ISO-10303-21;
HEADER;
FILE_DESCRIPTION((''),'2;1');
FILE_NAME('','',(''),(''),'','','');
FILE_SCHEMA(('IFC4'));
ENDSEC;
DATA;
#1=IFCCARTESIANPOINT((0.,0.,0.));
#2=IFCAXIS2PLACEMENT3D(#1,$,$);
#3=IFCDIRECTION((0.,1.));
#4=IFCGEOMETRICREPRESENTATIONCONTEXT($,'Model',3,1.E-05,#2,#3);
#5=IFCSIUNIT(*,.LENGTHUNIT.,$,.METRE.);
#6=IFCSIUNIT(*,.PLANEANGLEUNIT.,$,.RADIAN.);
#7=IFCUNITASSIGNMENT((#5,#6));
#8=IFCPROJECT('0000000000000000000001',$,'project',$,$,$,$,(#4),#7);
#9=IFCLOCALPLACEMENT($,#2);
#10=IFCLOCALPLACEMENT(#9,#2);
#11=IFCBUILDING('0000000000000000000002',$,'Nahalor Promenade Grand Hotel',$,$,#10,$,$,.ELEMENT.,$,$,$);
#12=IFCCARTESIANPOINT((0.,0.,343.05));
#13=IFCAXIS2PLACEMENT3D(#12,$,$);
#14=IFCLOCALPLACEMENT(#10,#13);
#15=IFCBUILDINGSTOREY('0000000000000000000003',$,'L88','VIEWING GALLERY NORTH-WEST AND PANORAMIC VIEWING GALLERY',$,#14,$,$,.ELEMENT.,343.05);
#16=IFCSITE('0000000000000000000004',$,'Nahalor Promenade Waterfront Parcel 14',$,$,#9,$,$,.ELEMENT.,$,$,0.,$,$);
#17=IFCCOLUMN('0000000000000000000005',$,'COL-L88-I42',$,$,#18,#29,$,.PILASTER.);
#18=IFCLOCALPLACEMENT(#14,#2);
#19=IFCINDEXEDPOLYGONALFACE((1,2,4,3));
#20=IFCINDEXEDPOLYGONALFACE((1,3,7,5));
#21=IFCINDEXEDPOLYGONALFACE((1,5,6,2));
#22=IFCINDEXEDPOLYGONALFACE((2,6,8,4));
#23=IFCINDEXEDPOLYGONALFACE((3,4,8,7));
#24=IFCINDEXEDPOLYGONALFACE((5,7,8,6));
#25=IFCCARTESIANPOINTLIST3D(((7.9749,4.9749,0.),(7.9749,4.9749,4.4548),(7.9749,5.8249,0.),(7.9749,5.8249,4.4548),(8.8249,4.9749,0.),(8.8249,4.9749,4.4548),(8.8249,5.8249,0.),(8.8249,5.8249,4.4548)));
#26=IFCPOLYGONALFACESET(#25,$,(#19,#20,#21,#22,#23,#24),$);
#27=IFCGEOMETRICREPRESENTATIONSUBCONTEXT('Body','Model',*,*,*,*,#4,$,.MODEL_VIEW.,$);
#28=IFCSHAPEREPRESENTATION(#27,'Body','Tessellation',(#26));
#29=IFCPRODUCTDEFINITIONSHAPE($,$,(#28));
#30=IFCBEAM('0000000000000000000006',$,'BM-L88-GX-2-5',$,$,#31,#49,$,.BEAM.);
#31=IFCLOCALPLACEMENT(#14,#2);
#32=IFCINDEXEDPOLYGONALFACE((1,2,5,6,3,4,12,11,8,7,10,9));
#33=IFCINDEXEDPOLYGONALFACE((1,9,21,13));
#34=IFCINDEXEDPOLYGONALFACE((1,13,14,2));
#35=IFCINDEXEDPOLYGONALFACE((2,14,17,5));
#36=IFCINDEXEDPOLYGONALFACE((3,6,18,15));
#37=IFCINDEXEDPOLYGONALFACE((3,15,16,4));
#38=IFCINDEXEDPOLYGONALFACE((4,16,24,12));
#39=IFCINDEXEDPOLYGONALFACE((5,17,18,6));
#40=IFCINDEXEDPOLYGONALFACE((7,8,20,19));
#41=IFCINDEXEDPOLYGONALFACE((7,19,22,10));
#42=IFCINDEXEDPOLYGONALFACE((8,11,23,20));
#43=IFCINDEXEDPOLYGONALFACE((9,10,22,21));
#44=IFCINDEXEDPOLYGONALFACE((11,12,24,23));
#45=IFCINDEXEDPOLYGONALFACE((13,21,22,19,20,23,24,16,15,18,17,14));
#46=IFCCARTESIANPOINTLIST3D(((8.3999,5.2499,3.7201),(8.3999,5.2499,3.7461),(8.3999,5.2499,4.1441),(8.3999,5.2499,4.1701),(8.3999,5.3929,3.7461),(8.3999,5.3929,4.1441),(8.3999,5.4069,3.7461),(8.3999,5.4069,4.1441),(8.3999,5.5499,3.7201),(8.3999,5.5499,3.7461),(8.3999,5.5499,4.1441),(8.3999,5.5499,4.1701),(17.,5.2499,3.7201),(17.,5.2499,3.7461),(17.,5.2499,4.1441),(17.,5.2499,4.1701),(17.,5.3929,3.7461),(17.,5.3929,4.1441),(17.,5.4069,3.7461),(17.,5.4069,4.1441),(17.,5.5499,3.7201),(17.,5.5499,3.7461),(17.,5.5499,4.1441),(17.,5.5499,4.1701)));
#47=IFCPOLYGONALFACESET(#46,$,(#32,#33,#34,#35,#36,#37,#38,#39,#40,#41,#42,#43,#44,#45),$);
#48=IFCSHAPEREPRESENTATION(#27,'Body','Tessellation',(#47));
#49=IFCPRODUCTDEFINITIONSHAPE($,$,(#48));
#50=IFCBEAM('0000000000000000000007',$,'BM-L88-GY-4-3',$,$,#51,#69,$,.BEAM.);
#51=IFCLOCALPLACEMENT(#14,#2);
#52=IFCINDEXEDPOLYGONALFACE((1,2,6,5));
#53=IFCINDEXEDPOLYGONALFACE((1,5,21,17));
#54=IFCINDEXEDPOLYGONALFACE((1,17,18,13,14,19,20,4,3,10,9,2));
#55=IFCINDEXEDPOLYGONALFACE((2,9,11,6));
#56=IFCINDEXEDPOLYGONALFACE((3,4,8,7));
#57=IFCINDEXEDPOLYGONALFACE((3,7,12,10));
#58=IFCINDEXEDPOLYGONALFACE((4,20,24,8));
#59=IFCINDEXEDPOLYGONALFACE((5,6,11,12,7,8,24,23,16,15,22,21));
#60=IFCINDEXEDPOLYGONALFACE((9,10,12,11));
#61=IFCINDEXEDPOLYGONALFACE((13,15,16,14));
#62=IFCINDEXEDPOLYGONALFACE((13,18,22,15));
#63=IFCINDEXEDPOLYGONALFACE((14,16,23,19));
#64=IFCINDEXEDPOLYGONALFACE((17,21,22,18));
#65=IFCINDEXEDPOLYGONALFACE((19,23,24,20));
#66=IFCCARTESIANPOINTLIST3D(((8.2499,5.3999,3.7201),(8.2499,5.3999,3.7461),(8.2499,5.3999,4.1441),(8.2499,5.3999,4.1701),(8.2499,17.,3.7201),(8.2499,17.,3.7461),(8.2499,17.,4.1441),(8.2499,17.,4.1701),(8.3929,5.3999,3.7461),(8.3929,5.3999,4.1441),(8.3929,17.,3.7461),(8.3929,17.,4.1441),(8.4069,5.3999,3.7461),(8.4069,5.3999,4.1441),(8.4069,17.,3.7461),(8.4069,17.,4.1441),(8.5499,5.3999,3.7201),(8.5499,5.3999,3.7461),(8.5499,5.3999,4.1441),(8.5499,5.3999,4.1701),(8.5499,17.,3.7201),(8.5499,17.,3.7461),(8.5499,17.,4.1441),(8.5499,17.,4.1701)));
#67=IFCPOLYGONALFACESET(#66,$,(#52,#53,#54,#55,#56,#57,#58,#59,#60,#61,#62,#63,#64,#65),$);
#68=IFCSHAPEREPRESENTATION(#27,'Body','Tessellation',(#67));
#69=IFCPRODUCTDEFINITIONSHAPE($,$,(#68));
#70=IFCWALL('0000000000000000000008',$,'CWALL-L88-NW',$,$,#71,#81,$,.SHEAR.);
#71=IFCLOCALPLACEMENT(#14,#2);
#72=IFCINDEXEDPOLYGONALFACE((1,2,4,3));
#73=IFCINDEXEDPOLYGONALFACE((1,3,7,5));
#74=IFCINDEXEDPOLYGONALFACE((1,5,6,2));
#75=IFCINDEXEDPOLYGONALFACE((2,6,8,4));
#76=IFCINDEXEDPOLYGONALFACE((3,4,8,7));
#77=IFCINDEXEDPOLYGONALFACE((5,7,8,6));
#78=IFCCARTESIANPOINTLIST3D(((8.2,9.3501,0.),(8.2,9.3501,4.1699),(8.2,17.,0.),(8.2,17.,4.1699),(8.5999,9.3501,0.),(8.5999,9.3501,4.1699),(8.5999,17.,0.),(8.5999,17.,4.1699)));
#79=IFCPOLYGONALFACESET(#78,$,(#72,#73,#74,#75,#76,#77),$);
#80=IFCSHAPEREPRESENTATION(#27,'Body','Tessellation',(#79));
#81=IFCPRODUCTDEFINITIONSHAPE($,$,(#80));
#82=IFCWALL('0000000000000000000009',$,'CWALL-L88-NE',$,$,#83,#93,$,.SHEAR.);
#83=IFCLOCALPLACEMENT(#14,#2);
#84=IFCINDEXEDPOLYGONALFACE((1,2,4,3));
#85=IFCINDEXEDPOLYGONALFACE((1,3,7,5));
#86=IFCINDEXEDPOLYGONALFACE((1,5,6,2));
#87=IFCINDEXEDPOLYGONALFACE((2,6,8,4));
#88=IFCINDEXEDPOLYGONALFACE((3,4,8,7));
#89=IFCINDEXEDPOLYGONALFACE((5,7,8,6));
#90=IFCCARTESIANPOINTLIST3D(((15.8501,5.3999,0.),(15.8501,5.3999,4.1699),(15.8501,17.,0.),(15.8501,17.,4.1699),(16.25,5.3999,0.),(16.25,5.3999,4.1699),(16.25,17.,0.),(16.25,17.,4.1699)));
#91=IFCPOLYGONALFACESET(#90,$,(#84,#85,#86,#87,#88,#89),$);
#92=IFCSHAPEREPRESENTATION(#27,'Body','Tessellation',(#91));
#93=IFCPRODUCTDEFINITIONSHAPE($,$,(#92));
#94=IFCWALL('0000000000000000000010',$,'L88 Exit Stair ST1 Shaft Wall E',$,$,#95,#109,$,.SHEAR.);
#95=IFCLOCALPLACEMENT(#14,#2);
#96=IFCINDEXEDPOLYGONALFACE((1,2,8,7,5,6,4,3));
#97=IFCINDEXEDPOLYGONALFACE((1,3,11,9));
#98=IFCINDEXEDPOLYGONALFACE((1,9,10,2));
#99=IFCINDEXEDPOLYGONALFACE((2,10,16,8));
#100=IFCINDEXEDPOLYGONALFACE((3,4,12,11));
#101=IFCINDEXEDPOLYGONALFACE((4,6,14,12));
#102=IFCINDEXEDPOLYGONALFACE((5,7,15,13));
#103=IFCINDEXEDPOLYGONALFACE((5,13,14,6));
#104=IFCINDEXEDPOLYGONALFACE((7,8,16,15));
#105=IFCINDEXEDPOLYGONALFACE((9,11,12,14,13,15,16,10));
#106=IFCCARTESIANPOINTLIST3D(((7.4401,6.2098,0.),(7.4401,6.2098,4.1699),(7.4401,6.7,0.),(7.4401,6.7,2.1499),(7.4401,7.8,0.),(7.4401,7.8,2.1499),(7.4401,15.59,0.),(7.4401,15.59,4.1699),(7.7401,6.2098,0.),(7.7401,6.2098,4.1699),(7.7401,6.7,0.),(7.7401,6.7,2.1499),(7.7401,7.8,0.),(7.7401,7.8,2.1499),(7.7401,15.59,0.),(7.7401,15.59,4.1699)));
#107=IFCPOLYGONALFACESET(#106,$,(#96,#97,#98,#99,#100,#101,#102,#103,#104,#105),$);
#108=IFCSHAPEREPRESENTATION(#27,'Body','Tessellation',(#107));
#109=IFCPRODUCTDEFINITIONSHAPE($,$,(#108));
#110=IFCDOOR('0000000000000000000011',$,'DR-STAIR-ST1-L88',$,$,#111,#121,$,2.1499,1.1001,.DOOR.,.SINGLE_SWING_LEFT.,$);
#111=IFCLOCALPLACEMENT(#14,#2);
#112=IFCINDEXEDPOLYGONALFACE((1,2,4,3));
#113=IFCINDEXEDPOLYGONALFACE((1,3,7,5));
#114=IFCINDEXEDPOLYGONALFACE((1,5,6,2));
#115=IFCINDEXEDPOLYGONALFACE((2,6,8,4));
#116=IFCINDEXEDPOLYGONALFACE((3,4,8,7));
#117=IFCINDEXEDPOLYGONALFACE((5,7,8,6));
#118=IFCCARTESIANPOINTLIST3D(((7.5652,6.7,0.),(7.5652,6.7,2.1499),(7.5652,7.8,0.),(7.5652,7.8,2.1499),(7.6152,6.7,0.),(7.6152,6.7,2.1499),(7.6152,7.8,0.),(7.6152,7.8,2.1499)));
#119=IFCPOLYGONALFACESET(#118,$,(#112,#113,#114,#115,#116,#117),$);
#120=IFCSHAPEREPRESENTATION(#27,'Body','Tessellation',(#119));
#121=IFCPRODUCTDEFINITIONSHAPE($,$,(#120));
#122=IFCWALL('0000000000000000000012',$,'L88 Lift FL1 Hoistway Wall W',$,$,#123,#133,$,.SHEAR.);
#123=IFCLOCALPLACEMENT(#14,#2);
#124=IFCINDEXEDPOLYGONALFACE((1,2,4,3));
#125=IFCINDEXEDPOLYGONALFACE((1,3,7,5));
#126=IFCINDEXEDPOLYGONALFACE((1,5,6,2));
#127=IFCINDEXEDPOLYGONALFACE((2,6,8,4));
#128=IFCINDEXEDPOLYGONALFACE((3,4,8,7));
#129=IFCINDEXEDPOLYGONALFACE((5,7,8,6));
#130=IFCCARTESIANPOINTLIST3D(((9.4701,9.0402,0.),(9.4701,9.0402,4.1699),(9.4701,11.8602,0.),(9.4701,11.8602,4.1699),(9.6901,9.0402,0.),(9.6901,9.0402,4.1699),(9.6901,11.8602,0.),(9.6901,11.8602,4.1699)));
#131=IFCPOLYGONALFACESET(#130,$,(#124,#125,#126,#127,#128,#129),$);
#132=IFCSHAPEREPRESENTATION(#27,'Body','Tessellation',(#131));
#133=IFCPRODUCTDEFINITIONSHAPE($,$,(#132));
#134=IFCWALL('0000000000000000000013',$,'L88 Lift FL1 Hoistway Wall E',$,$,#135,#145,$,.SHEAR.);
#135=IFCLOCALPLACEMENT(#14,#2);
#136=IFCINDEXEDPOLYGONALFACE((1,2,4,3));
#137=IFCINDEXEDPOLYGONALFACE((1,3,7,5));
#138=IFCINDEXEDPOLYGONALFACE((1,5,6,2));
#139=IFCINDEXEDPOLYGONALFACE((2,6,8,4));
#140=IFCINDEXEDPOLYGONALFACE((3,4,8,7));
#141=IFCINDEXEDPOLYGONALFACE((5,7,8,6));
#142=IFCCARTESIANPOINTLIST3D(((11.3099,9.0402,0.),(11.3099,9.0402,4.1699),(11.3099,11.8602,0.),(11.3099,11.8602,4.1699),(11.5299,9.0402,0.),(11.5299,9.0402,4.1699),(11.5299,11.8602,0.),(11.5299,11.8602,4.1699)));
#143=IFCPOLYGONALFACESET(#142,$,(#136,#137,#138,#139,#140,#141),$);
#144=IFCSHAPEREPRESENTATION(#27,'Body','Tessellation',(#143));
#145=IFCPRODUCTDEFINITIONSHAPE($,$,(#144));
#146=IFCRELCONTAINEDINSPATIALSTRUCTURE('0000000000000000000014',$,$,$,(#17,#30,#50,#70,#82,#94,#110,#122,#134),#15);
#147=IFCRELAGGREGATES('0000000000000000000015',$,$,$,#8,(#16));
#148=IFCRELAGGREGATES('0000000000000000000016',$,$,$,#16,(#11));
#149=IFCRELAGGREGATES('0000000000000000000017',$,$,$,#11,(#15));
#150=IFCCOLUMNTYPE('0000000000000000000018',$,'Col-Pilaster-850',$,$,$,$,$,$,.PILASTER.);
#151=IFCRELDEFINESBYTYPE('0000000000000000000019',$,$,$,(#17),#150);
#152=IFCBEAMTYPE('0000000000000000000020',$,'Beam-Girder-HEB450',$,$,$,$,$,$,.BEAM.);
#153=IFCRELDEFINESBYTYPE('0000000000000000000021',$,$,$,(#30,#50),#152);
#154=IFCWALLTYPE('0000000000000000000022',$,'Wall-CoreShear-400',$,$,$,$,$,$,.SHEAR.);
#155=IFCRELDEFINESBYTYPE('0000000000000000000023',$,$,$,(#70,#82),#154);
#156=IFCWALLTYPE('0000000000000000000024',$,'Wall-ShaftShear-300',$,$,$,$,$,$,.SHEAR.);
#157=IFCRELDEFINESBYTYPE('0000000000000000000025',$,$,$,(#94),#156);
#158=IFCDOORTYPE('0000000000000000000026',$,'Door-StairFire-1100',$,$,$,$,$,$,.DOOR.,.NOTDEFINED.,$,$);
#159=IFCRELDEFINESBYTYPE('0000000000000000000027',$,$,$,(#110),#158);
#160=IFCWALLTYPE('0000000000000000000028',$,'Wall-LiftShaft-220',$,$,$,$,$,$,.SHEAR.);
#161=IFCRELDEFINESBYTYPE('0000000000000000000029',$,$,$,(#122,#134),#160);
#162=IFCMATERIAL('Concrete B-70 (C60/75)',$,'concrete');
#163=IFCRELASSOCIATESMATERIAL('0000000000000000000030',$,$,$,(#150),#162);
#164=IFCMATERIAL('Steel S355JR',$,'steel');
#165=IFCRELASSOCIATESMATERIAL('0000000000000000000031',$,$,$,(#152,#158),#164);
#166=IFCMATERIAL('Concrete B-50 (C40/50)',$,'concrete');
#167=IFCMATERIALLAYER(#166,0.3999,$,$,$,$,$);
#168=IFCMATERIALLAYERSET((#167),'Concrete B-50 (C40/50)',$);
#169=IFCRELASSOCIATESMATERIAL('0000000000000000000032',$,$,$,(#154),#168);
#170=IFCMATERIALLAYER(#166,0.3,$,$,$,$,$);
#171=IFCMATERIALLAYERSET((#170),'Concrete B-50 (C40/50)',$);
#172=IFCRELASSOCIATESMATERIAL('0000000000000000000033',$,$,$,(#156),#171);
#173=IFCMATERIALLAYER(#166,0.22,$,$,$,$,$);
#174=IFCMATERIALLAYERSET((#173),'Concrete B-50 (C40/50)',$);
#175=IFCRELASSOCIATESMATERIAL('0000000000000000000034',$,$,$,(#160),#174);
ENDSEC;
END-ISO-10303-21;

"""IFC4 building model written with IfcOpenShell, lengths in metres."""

from ifc_helpers import new_model, si_unit, direction, frame, frame_2d, origin, origin_2d, place, context, subcontext, project, spatial, rectangle, i_section, extrude, source, transform, mapped, material, layer, layer_set, material_profile, profile_set, type_object, element, fill, save


model = new_model("IFC4")

# Units and contexts
model_context = context("Model", 3, precision=1e-05, world=origin(), true_north=direction((0.0, 1.0)))
body_context = subcontext(model_context, "Body", "Model", "MODEL_VIEW")
ifc_project = project(units=[si_unit("LENGTHUNIT", "METRE"), si_unit("PLANEANGLEUNIT", "RADIAN")], contexts=[model_context])

# Site, building, storey
site_placement = place(None, origin())
site = spatial("IfcSite", under=ifc_project, at=site_placement, Name="Nahalor Promenade Waterfront Parcel 14", CompositionType="ELEMENT", RefElevation=0.0)
building_placement = place(site_placement, origin())
building = spatial("IfcBuilding", under=site, at=building_placement, Name="Nahalor Promenade Grand Hotel", CompositionType="ELEMENT")
storey_placement = place(building_placement, frame((0.0, 0.0, 343.05)))
storey = spatial("IfcBuildingStorey", under=building, at=storey_placement, Name="L88", Description="VIEWING GALLERY NORTH-WEST AND PANORAMIC VIEWING GALLERY", CompositionType="ELEMENT", Elevation=343.05)

# Column
ifc_material_1 = material(Name="Concrete B-70 (C60/75)", Category="concrete")
ifc_material_profile_1 = material_profile(ifc_material_1, rectangle(XDim=0.85, YDim=0.85, at=origin_2d()), Name="RC 850x850")
ifc_profile_set_1 = profile_set([ifc_material_profile_1], Name="Concrete B-70 (C60/75)")
column_type = type_object("IfcColumnType", Name="Col-Pilaster-850", PredefinedType="PILASTER", material=ifc_profile_set_1)
shared_shape_1 = source(origin(), body_context, "Body", "SweptSolid", [
    extrude(rectangle(XDim=0.85, YDim=0.85, at=origin_2d()), origin(), (0.0, 0.0, 1.0), 4.4548),
])
column_placement = place(storey_placement, frame((8.3999, 5.3999, 0.0), z_axis=(0.0, 0.0, 1.0), x_axis=(1.0, 0.0, 0.0)))
element("IfcColumn", 1, at=column_placement, inside=storey, type_object=column_type, Name="COL-L88-I42", PredefinedType="PILASTER", context=body_context, shape_type="MappedRepresentation", body=[
    mapped(shared_shape_1, transform((0.0, 0.0, 0.0), scale=1.0)),
])

# Beams
ifc_material_2 = material(Name="Steel S355JR", Category="steel")
ifc_material_profile_2 = material_profile(ifc_material_2, i_section(OverallWidth=0.3, OverallDepth=0.45, WebThickness=0.014, FlangeThickness=0.026, at=origin_2d()), Name="HEB 450")
ifc_profile_set_2 = profile_set([ifc_material_profile_2], Name="Steel S355JR")
beam_type = type_object("IfcBeamType", Name="Beam-Girder-HEB450", PredefinedType="BEAM", material=ifc_profile_set_2)
shared_shape_2 = source(origin(), body_context, "Body", "SweptSolid", [
    extrude(i_section(OverallWidth=0.3, OverallDepth=0.45, WebThickness=0.014, FlangeThickness=0.026, at=origin_2d()), origin(), (0.0, 0.0, 1.0), 8.6001),
])
beam_1_placement = place(storey_placement, frame((8.3999, 5.3999, 3.9451), z_axis=(1.0, 0.0, 0.0), x_axis=(0.0, 1.0, 0.0)))
element("IfcBeam", 2, at=beam_1_placement, inside=storey, type_object=beam_type, Name="BM-L88-GX-2-5", PredefinedType="BEAM", context=body_context, shape_type="MappedRepresentation", body=[
    mapped(shared_shape_2, transform((0.0, 0.0, 0.0), scale=1.0)),
])
shared_shape_3 = source(origin(), body_context, "Body", "SweptSolid", [
    extrude(i_section(OverallWidth=0.3, OverallDepth=0.45, WebThickness=0.014, FlangeThickness=0.026, at=origin_2d()), origin(), (0.0, 0.0, 1.0), 11.6001),
])
beam_2_placement = place(storey_placement, frame((8.3999, 5.3999, 3.9451), z_axis=(0.0, 1.0, 0.0), x_axis=(-1.0, 0.0, 0.0)))
element("IfcBeam", 3, at=beam_2_placement, inside=storey, type_object=beam_type, Name="BM-L88-GY-4-3", PredefinedType="BEAM", context=body_context, shape_type="MappedRepresentation", body=[
    mapped(shared_shape_3, transform((0.0, 0.0, 0.0), scale=1.0)),
])

# Walls
ifc_material_3 = material(Name="Concrete B-50 (C40/50)", Category="concrete")
ifc_layer_1 = layer(ifc_material_3, 0.3999)
ifc_layer_set_1 = layer_set([ifc_layer_1], Name="Concrete B-50 (C40/50)")
wall_type_1 = type_object("IfcWallType", Name="Wall-CoreShear-400", PredefinedType="SHEAR", material=ifc_layer_set_1)
shared_shape_4 = source(origin(), body_context, "Body", "SweptSolid", [
    extrude(rectangle(XDim=7.6499, YDim=0.3999, at=frame_2d((3.825, 0.0))), origin(), (0.0, 0.0, 1.0), 4.1699),
])
wall_1_placement = place(storey_placement, frame((8.3999, 9.3501, 0.0), z_axis=(0.0, 0.0, 1.0), x_axis=(0.0, 1.0, 0.0)))
element("IfcWall", 4, at=wall_1_placement, inside=storey, type_object=wall_type_1, Name="CWALL-L88-NW", PredefinedType="SHEAR", context=body_context, shape_type="MappedRepresentation", body=[
    mapped(shared_shape_4, transform((0.0, 0.0, 0.0), scale=1.0)),
])
shared_shape_5 = source(origin(), body_context, "Body", "SweptSolid", [
    extrude(rectangle(XDim=11.6001, YDim=0.3999, at=frame_2d((5.8, 0.0))), origin(), (0.0, 0.0, 1.0), 4.1699),
])
wall_2_placement = place(storey_placement, frame((16.05, 5.3999, 0.0), z_axis=(0.0, 0.0, 1.0), x_axis=(0.0, 1.0, 0.0)))
element("IfcWall", 5, at=wall_2_placement, inside=storey, type_object=wall_type_1, Name="CWALL-L88-NE", PredefinedType="SHEAR", context=body_context, shape_type="MappedRepresentation", body=[
    mapped(shared_shape_5, transform((0.0, 0.0, 0.0), scale=1.0)),
])

# Wall, opening, door
ifc_layer_2 = layer(ifc_material_3, 0.3)
ifc_layer_set_2 = layer_set([ifc_layer_2], Name="Concrete B-50 (C40/50)")
wall_type_2 = type_object("IfcWallType", Name="Wall-ShaftShear-300", PredefinedType="SHEAR", material=ifc_layer_set_2)
shared_shape_6 = source(origin(), body_context, "Body", "SweptSolid", [
    extrude(rectangle(XDim=9.3801, YDim=0.3, at=frame_2d((4.6899, 0.0))), origin(), (0.0, 0.0, 1.0), 4.1699),
])
wall_3_placement = place(storey_placement, frame((7.5901, 6.21, 0.0), z_axis=(0.0, 0.0, 1.0), x_axis=(0.0, 1.0, 0.0)))
wall_3 = element("IfcWall", 6, at=wall_3_placement, inside=storey, type_object=wall_type_2, Name="L88 Exit Stair ST1 Shaft Wall E", PredefinedType="SHEAR", context=body_context, shape_type="MappedRepresentation", body=[
    mapped(shared_shape_6, transform((0.0, 0.0, 0.0), scale=1.0)),
])
opening_1_placement = place(wall_3_placement, frame((0.49, 0.0, 0.0)))
opening_1 = element("IfcOpeningElement", 7, at=opening_1_placement, cuts=wall_3, PredefinedType="OPENING", context=body_context, shape_type="SweptSolid", body=[
    extrude(rectangle(XDim=1.1001, YDim=2.1499, at=frame_2d((0.55, 1.075))), frame((0.0, 0.1599, 0.0), z_axis=(0.0, -1.0, 0.0), x_axis=(1.0, 0.0, 0.0)), (0.0, 0.0, 1.0), 0.3201),
])
door_type_1 = type_object("IfcDoorType", Name="Door-StairFire-1100", OperationType="NOTDEFINED", PredefinedType="DOOR", material=ifc_material_2)
shared_shape_7 = source(origin(), body_context, "Body", "SweptSolid", [
    extrude(rectangle(XDim=1.1001, YDim=2.1499, at=frame_2d((0.55, 1.075))), frame((0.0, 0.0249, 0.0), z_axis=(0.0, -1.0, 0.0), x_axis=(1.0, 0.0, 0.0)), (0.0, 0.0, 1.0), 0.05),
])
door_1_placement = place(opening_1_placement, origin())
door_1 = element("IfcDoor", 8, at=door_1_placement, inside=storey, type_object=door_type_1, Name="DR-STAIR-ST1-L88", OperationType="SINGLE_SWING_LEFT", OverallHeight=2.1499, OverallWidth=1.1001, PredefinedType="DOOR", context=body_context, shape_type="MappedRepresentation", body=[
    mapped(shared_shape_7, transform((0.0, 0.0, 0.0), scale=1.0)),
])
fill(opening_1, door_1)

# Walls
ifc_layer_3 = layer(ifc_material_3, 0.22)
ifc_layer_set_3 = layer_set([ifc_layer_3], Name="Concrete B-50 (C40/50)")
wall_type_3 = type_object("IfcWallType", Name="Wall-LiftShaft-220", PredefinedType="SHEAR", material=ifc_layer_set_3)
shared_shape_8 = source(origin(), body_context, "Body", "SweptSolid", [
    extrude(rectangle(XDim=2.8201, YDim=0.22, at=frame_2d((1.4102, 0.0))), origin(), (0.0, 0.0, 1.0), 4.1699),
])
for number, where, z_axis, x_axis, name in (
    (9, (9.5801, 9.04, 0.0), (0.0, 0.0, 1.0), (0.0, 1.0, 0.0), "L88 Lift FL1 Hoistway Wall W"),
    (10, (11.4199, 9.04, 0.0), (0.0, 0.0, 1.0), (0.0, 1.0, 0.0), "L88 Lift FL1 Hoistway Wall E"),
):
    element("IfcWall", number, at=place(storey_placement, frame(where, z_axis=z_axis, x_axis=x_axis)), inside=storey, type_object=wall_type_3, Name=name, PredefinedType="SHEAR", context=body_context, shape_type="MappedRepresentation", body=[
        mapped(shared_shape_8, transform((0.0, 0.0, 0.0), scale=1.0)),
    ])

save(model, "model.ifc")
